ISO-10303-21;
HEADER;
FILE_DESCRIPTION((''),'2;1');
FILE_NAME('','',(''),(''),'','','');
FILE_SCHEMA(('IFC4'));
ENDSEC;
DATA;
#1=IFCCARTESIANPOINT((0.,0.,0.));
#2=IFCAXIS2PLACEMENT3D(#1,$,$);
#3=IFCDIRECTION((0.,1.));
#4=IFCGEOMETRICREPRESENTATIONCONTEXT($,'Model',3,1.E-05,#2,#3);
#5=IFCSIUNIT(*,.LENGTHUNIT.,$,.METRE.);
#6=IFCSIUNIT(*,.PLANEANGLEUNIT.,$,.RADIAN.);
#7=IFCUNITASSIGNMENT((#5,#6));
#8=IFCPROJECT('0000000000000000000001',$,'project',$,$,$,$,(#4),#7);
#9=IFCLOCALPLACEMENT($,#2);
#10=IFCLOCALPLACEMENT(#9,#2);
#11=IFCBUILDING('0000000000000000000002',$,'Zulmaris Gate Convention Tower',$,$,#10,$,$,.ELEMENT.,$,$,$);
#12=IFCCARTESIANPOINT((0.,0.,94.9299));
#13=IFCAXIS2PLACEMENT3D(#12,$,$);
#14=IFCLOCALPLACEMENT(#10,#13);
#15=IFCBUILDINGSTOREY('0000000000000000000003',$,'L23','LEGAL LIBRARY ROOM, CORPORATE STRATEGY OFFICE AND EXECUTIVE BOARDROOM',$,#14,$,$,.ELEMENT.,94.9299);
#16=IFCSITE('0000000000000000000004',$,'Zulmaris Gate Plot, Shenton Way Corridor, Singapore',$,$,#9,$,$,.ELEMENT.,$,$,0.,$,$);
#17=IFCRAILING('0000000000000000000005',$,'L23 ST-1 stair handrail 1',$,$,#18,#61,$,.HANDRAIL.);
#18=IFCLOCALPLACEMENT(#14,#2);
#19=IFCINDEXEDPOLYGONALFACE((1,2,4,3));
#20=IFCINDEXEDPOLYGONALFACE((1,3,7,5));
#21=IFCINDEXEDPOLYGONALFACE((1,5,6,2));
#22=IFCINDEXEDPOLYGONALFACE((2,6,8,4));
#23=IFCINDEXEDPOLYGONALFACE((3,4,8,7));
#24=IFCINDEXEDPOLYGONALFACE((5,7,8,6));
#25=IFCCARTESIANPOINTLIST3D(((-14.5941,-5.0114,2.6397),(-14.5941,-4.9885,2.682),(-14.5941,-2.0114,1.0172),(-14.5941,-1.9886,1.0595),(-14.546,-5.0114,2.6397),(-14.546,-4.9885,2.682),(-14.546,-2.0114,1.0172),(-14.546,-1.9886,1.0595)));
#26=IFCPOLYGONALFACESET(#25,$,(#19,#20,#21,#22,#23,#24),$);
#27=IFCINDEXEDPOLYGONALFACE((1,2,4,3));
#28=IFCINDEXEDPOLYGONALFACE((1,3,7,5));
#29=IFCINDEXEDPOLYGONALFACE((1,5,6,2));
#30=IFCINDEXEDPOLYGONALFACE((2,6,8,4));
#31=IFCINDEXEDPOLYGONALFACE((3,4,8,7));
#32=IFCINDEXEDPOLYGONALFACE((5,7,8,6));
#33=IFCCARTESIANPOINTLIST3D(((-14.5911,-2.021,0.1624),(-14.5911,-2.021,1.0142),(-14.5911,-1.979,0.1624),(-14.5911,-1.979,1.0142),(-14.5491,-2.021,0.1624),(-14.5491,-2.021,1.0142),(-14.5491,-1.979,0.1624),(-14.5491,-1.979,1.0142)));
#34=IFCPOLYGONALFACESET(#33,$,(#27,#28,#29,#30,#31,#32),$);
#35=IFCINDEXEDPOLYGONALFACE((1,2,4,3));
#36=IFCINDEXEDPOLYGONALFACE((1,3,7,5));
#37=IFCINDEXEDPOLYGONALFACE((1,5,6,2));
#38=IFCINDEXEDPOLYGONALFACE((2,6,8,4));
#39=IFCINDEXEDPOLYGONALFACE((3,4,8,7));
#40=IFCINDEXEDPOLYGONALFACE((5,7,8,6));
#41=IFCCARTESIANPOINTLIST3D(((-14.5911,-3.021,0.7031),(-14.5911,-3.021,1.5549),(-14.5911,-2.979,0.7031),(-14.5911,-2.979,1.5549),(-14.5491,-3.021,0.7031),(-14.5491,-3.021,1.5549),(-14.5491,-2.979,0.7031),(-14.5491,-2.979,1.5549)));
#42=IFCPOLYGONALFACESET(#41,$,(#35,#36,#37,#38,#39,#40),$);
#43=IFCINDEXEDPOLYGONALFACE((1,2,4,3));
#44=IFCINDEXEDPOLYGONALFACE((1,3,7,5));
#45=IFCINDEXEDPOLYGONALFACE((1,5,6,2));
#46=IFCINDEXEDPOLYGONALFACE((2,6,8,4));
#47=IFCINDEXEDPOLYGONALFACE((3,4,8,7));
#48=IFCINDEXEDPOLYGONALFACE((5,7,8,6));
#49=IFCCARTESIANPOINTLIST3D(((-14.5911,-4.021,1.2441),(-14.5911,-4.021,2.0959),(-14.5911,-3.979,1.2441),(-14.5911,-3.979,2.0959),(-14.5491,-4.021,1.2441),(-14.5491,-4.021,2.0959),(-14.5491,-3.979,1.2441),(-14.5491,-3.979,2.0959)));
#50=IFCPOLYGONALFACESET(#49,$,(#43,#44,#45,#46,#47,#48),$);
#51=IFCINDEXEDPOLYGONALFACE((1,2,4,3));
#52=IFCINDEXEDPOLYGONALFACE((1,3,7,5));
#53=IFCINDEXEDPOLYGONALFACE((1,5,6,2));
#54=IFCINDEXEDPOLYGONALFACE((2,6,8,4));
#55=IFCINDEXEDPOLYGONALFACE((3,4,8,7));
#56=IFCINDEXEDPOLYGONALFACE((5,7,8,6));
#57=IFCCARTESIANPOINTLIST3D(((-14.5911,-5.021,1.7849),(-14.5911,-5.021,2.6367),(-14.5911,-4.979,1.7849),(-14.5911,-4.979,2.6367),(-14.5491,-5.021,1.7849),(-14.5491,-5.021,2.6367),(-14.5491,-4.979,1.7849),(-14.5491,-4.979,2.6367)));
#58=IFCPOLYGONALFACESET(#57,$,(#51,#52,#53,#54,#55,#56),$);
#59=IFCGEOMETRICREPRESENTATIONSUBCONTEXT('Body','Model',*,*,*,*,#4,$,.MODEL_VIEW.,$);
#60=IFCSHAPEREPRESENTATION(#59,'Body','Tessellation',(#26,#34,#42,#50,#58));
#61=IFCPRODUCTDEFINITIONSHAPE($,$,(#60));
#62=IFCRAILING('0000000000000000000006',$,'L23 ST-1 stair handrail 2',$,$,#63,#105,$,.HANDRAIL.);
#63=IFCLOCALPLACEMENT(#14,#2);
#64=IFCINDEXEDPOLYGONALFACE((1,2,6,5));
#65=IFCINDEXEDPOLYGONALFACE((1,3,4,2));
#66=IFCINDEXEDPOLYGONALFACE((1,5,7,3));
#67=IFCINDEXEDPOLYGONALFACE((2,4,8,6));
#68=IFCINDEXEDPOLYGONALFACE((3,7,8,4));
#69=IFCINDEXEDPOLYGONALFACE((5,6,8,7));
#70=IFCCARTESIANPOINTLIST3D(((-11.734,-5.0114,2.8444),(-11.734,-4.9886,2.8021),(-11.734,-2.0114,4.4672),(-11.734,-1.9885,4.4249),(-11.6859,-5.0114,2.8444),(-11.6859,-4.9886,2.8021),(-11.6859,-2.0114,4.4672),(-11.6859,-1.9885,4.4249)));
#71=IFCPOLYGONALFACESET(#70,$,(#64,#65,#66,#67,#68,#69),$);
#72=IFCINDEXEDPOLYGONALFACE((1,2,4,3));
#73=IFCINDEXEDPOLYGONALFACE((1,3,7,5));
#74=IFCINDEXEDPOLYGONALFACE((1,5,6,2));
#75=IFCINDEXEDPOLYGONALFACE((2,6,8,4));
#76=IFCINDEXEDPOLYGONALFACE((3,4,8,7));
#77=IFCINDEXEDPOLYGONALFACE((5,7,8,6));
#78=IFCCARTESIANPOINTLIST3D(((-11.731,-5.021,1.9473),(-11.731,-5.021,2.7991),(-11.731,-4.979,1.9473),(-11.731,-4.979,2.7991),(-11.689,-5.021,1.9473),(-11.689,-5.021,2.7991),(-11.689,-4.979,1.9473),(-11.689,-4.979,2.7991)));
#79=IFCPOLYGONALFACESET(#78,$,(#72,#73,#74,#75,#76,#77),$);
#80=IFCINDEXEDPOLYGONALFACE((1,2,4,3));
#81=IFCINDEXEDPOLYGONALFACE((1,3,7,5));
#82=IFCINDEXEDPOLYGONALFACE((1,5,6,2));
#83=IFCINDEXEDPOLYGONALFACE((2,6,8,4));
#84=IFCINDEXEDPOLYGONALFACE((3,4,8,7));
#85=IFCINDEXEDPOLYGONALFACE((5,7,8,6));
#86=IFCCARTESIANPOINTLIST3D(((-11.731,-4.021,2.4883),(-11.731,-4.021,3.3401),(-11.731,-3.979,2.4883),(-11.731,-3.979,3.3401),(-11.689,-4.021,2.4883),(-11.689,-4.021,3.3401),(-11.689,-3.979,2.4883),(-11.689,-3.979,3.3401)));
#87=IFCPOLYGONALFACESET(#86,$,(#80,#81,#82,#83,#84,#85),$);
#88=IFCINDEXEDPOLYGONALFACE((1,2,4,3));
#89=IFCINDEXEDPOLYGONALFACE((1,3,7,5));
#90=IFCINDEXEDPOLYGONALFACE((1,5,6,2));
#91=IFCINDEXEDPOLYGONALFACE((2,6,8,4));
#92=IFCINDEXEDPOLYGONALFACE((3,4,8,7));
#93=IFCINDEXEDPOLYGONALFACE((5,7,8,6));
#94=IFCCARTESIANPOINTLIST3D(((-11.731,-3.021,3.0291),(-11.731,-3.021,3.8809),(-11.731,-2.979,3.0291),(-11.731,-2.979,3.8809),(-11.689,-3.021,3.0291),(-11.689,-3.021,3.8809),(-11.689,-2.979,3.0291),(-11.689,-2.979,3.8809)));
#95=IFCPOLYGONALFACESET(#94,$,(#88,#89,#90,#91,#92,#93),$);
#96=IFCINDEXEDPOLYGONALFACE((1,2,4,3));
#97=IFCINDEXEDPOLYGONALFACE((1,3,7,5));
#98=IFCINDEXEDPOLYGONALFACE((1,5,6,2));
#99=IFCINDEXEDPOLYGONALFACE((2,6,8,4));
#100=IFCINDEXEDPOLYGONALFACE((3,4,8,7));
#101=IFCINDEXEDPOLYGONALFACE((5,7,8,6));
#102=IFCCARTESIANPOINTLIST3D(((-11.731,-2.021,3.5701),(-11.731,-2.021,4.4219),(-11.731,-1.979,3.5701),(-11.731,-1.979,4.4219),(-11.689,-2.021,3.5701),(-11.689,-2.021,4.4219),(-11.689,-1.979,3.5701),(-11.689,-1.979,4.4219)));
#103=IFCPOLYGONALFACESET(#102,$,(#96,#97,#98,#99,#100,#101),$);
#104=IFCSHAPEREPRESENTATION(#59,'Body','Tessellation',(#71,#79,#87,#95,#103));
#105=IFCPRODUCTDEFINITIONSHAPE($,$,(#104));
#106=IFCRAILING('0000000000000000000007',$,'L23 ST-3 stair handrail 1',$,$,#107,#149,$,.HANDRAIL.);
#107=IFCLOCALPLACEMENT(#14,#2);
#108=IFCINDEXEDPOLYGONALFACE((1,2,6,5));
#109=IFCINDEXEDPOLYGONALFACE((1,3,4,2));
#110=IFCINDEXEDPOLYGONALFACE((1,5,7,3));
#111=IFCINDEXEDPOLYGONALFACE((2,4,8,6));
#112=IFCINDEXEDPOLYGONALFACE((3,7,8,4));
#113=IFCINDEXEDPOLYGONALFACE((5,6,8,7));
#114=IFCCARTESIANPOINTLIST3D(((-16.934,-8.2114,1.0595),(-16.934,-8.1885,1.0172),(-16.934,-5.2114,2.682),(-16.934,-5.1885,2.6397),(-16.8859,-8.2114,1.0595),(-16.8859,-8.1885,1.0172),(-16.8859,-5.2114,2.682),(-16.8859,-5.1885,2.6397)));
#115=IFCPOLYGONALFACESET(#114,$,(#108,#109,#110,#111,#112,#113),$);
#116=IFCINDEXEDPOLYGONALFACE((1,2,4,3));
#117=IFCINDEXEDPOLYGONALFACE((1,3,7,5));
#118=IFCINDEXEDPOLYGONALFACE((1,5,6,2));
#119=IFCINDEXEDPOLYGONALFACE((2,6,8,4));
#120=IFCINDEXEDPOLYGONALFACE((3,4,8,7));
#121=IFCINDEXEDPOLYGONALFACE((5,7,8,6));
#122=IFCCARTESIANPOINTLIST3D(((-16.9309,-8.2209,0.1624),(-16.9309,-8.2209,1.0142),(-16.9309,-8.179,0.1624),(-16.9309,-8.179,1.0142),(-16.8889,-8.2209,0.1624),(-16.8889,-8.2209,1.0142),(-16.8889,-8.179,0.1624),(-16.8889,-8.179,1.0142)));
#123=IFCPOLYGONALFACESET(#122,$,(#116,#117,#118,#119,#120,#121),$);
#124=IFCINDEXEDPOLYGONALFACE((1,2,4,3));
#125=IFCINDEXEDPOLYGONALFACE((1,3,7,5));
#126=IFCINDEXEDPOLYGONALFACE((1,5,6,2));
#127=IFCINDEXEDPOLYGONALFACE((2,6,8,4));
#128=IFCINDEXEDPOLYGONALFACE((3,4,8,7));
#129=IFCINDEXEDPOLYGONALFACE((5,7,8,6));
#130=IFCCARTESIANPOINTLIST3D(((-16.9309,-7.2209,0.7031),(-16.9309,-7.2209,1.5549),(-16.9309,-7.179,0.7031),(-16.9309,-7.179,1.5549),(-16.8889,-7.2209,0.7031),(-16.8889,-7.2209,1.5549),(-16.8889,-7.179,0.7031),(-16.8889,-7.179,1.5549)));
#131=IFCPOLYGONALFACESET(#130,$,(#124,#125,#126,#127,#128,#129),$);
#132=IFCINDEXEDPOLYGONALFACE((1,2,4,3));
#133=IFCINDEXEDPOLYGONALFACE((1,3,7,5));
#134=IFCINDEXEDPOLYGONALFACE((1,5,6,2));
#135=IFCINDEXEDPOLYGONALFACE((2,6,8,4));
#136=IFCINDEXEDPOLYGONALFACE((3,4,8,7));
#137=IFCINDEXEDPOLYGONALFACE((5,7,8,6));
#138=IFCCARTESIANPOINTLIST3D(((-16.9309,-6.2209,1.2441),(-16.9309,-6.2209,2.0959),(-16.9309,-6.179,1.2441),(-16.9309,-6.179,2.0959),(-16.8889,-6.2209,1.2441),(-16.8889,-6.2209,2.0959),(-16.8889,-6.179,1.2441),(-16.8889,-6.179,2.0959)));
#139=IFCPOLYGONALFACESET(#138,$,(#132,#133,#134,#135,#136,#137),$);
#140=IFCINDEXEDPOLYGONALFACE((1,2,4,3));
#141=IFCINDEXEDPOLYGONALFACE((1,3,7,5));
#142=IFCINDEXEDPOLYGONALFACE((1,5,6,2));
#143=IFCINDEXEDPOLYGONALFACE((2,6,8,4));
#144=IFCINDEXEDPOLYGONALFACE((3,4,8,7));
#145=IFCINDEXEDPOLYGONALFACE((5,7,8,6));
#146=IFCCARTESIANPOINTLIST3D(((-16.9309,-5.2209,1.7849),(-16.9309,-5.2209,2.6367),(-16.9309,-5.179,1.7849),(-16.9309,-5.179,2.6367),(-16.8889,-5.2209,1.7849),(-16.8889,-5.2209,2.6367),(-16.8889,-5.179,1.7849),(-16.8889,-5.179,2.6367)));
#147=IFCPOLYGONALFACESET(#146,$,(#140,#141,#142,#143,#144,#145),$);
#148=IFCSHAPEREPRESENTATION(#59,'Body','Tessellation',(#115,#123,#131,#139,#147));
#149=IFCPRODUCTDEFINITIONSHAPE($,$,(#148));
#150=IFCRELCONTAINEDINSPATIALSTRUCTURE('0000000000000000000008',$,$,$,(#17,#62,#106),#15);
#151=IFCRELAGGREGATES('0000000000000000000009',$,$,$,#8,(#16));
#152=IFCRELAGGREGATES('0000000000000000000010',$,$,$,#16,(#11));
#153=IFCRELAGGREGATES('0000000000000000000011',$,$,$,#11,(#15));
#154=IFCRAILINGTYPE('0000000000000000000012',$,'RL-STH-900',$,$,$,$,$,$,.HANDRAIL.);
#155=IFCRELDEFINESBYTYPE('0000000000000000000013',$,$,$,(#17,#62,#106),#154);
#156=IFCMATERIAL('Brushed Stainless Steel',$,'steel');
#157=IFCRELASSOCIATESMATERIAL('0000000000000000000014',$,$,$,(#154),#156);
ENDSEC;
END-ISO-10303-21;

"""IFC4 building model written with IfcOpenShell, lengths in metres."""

from ifc_helpers import new_model, si_unit, direction, frame, origin, origin_2d, place, context, subcontext, project, spatial, rectangle, extrude, material, type_object, element, save


model = new_model("IFC4")

# Units and contexts
model_context = context("Model", 3, precision=1e-05, world=origin(), true_north=direction((0.0, 1.0)))
body_context = subcontext(model_context, "Body", "Model", "MODEL_VIEW")
ifc_project = project(units=[si_unit("LENGTHUNIT", "METRE"), si_unit("PLANEANGLEUNIT", "RADIAN")], contexts=[model_context])

# Site, building, storey
site_placement = place(None, origin())
site = spatial("IfcSite", under=ifc_project, at=site_placement, Name="Zulmaris Gate Plot, Shenton Way Corridor, Singapore", CompositionType="ELEMENT", RefElevation=0.0)
building_placement = place(site_placement, origin())
building = spatial("IfcBuilding", under=site, at=building_placement, Name="Zulmaris Gate Convention Tower", CompositionType="ELEMENT")
storey_placement = place(building_placement, frame((0.0, 0.0, 94.9299)))
storey = spatial("IfcBuildingStorey", under=building, at=storey_placement, Name="L23", Description="LEGAL LIBRARY ROOM, CORPORATE STRATEGY OFFICE AND EXECUTIVE BOARDROOM", CompositionType="ELEMENT", Elevation=94.9299)

# Railings
ifc_material_1 = material(Name="Brushed Stainless Steel", Category="steel")
railing_type_1 = type_object("IfcRailingType", Name="RL-STH-900", PredefinedType="HANDRAIL", material=ifc_material_1)
railing_1_placement = place(storey_placement, frame((-14.5701, -2.0, 0.1624)))
element("IfcRailing", 1, at=railing_1_placement, inside=storey, type_object=railing_type_1, Name="L23 ST-1 stair handrail 1", PredefinedType="HANDRAIL", context=body_context, shape_type="SweptSolid", body=[
    extrude(rectangle(XDim=0.0481, YDim=0.0481, at=origin_2d()), frame((0.0, 0.0, 0.876), z_axis=(0.0, -0.879592, 0.47573), x_axis=(1.0, 0.0, 0.0)), (0.0, 0.0, 1.0), 3.4106),
    extrude(rectangle(XDim=0.042, YDim=0.042, at=origin_2d()), origin(), (0.0, 0.0, 1.0), 0.8518),
    extrude(rectangle(XDim=0.042, YDim=0.042, at=origin_2d()), frame((0.0, -1.0, 0.5408)), (0.0, 0.0, 1.0), 0.8518),
    extrude(rectangle(XDim=0.042, YDim=0.042, at=origin_2d()), frame((0.0, -2.0, 1.0818)), (0.0, 0.0, 1.0), 0.8518),
    extrude(rectangle(XDim=0.042, YDim=0.042, at=origin_2d()), frame((0.0, -3.0, 1.6226)), (0.0, 0.0, 1.0), 0.8518),
])
railing_2_placement = place(storey_placement, frame((-11.71, -5.0, 1.9473)))
element("IfcRailing", 2, at=railing_2_placement, inside=storey, type_object=railing_type_1, Name="L23 ST-1 stair handrail 2", PredefinedType="HANDRAIL", context=body_context, shape_type="SweptSolid", body=[
    extrude(rectangle(XDim=0.0481, YDim=0.0481, at=origin_2d()), frame((0.0, 0.0, 0.876), z_axis=(0.0, 0.879562, 0.475785), x_axis=(-1.0, 0.0, 0.0)), (0.0, 0.0, 1.0), 3.4109),
    extrude(rectangle(XDim=0.042, YDim=0.042, at=origin_2d()), origin(), (0.0, 0.0, 1.0), 0.8518),
    extrude(rectangle(XDim=0.042, YDim=0.042, at=origin_2d()), frame((0.0, 1.0, 0.541)), (0.0, 0.0, 1.0), 0.8518),
    extrude(rectangle(XDim=0.042, YDim=0.042, at=origin_2d()), frame((0.0, 2.0, 1.0818)), (0.0, 0.0, 1.0), 0.8518),
    extrude(rectangle(XDim=0.042, YDim=0.042, at=origin_2d()), frame((0.0, 3.0, 1.6228)), (0.0, 0.0, 1.0), 0.8518),
])
railing_3_placement = place(storey_placement, frame((-16.9099, -8.2, 0.1624)))
element("IfcRailing", 3, at=railing_3_placement, inside=storey, type_object=railing_type_1, Name="L23 ST-3 stair handrail 1", PredefinedType="HANDRAIL", context=body_context, shape_type="SweptSolid", body=[
    extrude(rectangle(XDim=0.0481, YDim=0.0481, at=origin_2d()), frame((0.0, 0.0, 0.876), z_axis=(0.0, 0.879592, 0.47573), x_axis=(-1.0, 0.0, 0.0)), (0.0, 0.0, 1.0), 3.4106),
    extrude(rectangle(XDim=0.042, YDim=0.042, at=origin_2d()), origin(), (0.0, 0.0, 1.0), 0.8518),
    extrude(rectangle(XDim=0.042, YDim=0.042, at=origin_2d()), frame((0.0, 1.0, 0.5408)), (0.0, 0.0, 1.0), 0.8518),
    extrude(rectangle(XDim=0.042, YDim=0.042, at=origin_2d()), frame((0.0, 2.0, 1.0818)), (0.0, 0.0, 1.0), 0.8518),
    extrude(rectangle(XDim=0.042, YDim=0.042, at=origin_2d()), frame((0.0, 3.0, 1.6226)), (0.0, 0.0, 1.0), 0.8518),
])

save(model, "model.ifc")
